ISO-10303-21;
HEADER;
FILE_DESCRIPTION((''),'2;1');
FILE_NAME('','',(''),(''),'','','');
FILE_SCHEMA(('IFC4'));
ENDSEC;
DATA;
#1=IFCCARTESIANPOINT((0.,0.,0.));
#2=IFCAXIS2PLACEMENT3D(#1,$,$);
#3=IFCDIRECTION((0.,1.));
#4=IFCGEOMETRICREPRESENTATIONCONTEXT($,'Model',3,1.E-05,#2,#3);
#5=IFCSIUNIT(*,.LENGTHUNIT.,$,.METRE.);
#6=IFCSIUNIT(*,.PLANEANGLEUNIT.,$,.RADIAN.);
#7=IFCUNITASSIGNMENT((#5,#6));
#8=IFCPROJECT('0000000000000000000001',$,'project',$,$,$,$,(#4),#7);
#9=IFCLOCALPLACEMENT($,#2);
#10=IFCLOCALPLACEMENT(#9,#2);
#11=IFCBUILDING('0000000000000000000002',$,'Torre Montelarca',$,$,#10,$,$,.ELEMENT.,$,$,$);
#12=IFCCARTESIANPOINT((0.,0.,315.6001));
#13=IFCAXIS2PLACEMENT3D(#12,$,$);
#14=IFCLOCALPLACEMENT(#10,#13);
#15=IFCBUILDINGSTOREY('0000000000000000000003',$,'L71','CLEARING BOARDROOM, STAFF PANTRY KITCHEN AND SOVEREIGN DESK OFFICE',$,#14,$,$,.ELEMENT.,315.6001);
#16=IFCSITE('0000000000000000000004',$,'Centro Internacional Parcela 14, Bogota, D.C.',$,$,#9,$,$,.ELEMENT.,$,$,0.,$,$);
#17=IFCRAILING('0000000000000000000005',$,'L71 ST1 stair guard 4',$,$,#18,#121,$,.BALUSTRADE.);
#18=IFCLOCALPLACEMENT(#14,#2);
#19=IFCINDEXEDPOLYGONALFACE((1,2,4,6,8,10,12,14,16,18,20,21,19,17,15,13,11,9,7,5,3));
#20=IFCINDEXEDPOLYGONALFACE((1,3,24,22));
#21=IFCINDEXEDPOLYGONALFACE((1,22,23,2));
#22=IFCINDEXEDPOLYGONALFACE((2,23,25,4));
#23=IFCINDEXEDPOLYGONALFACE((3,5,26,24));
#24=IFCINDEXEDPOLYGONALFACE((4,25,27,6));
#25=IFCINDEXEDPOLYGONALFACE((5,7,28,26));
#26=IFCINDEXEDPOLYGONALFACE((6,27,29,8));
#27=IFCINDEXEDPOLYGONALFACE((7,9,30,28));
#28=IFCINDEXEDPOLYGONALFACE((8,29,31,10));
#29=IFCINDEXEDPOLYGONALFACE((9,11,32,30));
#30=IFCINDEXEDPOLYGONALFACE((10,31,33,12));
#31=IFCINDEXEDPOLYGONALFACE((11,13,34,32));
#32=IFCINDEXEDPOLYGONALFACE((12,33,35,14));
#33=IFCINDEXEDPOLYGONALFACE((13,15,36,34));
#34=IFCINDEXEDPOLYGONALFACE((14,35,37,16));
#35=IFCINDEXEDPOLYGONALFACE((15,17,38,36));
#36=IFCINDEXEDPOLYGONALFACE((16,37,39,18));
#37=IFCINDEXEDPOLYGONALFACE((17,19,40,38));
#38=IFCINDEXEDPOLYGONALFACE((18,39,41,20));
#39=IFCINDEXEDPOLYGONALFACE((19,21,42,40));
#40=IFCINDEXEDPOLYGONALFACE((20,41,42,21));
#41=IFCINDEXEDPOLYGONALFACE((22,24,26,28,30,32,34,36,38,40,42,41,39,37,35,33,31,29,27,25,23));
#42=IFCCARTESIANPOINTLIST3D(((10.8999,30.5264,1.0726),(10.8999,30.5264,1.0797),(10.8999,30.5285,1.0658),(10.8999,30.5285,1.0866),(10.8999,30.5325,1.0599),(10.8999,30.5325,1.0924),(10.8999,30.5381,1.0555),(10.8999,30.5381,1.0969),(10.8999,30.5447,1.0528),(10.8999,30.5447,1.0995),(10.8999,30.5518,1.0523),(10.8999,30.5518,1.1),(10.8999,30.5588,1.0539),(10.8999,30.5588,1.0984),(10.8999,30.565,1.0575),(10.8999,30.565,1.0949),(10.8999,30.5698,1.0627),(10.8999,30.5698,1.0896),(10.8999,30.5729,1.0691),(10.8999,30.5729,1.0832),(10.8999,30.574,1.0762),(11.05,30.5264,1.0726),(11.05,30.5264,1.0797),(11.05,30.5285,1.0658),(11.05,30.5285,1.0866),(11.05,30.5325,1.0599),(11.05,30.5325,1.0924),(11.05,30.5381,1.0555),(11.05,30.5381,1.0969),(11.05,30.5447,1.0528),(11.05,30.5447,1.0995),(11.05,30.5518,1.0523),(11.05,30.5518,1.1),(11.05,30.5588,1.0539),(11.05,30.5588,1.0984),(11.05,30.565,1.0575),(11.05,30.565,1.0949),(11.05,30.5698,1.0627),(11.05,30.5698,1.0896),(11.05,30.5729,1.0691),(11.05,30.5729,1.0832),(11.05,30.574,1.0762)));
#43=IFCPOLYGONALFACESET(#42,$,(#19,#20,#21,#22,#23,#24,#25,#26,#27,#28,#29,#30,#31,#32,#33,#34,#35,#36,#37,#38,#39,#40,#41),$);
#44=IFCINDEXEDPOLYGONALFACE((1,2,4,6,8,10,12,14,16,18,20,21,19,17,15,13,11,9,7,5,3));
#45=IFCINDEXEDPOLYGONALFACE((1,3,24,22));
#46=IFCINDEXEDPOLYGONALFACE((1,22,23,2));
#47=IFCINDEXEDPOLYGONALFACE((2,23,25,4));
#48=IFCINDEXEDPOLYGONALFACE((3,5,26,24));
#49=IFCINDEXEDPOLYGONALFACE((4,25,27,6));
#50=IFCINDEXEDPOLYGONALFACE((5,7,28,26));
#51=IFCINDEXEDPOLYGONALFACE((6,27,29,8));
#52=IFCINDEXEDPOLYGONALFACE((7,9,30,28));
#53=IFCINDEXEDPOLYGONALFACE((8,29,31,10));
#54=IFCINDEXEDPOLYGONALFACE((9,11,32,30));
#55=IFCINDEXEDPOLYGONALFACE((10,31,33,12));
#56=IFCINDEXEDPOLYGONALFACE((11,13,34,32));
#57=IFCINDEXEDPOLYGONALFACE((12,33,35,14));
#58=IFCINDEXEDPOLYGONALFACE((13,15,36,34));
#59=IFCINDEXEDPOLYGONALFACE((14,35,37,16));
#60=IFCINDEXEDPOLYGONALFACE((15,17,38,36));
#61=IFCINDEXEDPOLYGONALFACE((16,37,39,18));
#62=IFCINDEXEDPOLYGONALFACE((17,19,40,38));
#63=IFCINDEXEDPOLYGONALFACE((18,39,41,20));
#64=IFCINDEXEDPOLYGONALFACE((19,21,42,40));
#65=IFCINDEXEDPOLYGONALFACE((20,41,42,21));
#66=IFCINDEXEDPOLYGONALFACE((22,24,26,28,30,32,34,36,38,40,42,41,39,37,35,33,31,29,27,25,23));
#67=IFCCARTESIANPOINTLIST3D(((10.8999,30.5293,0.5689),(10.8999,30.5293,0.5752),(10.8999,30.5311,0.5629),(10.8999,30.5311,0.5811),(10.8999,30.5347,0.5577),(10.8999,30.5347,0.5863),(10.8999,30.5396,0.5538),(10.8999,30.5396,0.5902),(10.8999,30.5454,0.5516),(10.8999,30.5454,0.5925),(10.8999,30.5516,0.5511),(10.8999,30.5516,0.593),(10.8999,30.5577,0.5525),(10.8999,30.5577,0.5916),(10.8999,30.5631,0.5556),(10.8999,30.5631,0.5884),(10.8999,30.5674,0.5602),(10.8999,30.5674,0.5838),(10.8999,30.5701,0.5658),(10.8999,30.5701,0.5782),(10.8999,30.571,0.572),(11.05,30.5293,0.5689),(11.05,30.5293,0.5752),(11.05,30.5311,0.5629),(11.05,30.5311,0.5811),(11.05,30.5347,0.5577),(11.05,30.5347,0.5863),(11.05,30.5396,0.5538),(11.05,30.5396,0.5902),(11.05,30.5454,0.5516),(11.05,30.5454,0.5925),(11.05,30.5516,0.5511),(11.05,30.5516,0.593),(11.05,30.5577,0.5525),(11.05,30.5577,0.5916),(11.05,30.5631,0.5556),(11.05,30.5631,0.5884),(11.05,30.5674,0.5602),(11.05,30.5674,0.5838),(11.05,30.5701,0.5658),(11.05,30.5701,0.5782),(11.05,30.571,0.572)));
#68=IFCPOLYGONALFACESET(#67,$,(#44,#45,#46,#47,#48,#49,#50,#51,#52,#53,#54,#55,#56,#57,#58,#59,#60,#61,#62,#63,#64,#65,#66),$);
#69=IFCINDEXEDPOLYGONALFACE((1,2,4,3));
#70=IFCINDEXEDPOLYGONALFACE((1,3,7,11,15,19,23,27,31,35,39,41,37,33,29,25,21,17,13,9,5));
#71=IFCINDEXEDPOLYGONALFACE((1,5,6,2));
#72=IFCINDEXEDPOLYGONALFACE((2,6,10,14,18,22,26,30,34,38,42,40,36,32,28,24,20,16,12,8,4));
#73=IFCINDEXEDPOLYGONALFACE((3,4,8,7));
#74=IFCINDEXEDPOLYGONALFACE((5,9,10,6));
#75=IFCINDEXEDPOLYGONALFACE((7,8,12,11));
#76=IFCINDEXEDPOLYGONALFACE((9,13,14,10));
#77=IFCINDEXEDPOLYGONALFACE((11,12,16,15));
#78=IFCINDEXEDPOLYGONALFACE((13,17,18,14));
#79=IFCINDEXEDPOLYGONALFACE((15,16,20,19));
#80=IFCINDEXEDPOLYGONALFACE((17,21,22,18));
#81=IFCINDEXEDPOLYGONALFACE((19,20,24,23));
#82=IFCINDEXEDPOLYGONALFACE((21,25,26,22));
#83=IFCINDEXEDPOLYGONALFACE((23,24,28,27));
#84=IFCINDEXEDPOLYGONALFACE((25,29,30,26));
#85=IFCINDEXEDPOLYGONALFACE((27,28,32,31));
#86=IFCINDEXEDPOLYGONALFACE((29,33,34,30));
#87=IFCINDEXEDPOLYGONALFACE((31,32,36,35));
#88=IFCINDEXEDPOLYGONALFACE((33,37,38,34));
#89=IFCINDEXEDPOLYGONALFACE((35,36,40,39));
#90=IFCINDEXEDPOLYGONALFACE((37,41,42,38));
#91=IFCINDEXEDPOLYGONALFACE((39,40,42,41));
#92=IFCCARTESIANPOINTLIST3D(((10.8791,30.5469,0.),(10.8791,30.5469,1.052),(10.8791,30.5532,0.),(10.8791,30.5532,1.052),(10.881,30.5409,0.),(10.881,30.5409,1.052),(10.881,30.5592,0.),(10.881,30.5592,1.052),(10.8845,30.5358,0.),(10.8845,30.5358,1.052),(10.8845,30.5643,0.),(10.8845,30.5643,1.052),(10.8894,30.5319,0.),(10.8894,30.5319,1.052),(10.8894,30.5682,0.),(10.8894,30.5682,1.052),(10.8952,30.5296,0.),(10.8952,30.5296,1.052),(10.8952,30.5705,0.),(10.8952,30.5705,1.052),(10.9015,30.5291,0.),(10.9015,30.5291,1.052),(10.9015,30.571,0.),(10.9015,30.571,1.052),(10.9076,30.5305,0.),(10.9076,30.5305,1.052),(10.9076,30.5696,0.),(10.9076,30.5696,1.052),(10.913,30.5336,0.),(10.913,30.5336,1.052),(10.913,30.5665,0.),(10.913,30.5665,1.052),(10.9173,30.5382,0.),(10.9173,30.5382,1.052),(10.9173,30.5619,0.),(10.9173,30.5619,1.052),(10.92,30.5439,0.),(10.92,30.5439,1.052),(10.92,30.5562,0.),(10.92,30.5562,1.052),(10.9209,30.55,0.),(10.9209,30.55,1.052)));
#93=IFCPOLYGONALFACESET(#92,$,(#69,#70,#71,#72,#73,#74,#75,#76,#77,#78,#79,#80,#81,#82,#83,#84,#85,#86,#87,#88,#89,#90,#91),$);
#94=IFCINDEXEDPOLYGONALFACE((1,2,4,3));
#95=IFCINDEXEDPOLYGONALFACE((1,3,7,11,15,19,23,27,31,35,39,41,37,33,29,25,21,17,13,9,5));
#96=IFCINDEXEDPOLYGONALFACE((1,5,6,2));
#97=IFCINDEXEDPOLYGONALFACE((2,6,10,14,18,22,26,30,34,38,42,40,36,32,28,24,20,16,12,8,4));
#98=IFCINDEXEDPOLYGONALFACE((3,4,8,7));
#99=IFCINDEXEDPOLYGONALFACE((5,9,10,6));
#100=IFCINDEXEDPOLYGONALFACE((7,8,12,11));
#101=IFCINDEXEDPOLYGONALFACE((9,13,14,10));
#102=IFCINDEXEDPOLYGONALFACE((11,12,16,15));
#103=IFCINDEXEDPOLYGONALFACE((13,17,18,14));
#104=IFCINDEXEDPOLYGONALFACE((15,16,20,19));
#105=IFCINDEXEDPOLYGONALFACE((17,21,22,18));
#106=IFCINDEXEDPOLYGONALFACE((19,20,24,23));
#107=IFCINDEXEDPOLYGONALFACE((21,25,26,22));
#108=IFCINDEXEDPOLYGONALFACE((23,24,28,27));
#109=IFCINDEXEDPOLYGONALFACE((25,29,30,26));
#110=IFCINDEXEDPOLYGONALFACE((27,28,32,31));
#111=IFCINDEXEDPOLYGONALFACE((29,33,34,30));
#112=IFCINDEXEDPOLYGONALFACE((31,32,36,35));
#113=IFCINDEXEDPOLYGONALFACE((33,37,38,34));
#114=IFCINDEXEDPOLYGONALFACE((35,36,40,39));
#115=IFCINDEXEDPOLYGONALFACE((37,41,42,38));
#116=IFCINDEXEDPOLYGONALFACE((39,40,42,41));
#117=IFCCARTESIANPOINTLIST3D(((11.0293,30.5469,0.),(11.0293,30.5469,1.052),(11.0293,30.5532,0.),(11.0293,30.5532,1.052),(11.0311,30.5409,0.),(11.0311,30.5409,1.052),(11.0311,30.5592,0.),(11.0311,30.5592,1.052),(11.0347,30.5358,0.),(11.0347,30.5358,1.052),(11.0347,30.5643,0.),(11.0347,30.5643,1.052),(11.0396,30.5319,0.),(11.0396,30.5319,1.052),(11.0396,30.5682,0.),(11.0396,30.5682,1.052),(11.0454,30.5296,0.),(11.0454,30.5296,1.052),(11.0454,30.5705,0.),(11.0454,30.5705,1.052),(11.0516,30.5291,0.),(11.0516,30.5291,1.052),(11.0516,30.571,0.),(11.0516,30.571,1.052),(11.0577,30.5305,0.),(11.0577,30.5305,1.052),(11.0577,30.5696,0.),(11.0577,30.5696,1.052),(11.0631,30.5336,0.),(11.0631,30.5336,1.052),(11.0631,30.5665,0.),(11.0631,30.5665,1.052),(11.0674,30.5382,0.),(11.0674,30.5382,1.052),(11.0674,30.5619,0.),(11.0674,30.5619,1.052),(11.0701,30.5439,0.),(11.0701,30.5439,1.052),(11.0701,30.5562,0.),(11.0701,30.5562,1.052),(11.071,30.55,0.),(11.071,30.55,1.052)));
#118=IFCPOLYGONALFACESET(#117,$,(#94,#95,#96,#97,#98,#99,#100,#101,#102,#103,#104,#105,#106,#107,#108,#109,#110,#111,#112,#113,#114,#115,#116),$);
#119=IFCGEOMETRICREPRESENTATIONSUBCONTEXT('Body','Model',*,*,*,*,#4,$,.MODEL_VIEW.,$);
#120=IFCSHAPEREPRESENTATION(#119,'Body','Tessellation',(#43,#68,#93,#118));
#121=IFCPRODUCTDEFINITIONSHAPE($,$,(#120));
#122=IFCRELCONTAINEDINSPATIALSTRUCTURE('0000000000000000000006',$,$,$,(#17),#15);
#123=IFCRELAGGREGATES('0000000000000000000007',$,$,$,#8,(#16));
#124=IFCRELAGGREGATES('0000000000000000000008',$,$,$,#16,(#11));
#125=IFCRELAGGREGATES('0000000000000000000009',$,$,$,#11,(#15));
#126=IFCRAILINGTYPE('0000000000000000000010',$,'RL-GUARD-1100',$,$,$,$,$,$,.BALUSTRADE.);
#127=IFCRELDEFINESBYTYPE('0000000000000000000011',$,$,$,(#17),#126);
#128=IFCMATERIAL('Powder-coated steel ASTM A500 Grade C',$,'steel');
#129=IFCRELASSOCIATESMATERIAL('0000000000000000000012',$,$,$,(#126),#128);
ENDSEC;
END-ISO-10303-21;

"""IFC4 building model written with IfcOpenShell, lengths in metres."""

from ifc_helpers import new_model, si_unit, direction, frame, origin, origin_2d, place, context, subcontext, project, spatial, circle, extrude, material, type_object, element, save


model = new_model("IFC4")

# Units and contexts
model_context = context("Model", 3, precision=1e-05, world=origin(), true_north=direction((0.0, 1.0)))
body_context = subcontext(model_context, "Body", "Model", "MODEL_VIEW")
ifc_project = project(units=[si_unit("LENGTHUNIT", "METRE"), si_unit("PLANEANGLEUNIT", "RADIAN")], contexts=[model_context])

# Site, building, storey
site_placement = place(None, origin())
site = spatial("IfcSite", under=ifc_project, at=site_placement, Name="Centro Internacional Parcela 14, Bogota, D.C.", CompositionType="ELEMENT", RefElevation=0.0)
building_placement = place(site_placement, origin())
building = spatial("IfcBuilding", under=site, at=building_placement, Name="Torre Montelarca", CompositionType="ELEMENT")
storey_placement = place(building_placement, frame((0.0, 0.0, 315.6001)))
storey = spatial("IfcBuildingStorey", under=building, at=storey_placement, Name="L71", Description="CLEARING BOARDROOM, STAFF PANTRY KITCHEN AND SOVEREIGN DESK OFFICE", CompositionType="ELEMENT", Elevation=315.6001)

# Railing
ifc_material_1 = material(Name="Powder-coated steel ASTM A500 Grade C", Category="steel")
railing_type_1 = type_object("IfcRailingType", Name="RL-GUARD-1100", PredefinedType="BALUSTRADE", material=ifc_material_1)
railing_1_placement = place(storey_placement, frame((10.8999, 30.55, 0.0)))
element("IfcRailing", 1, at=railing_1_placement, inside=storey, type_object=railing_type_1, Name="L71 ST1 stair guard 4", PredefinedType="BALUSTRADE", context=body_context, shape_type="SweptSolid", body=[
    extrude(circle(Radius=0.0239, at=origin_2d()), frame((0.0, 0.0, 1.0762), z_axis=(1.0, 0.0, 0.0), x_axis=(0.0, 1.0, 0.0)), (0.0, 0.0, 1.0), 0.1501),
    extrude(circle(Radius=0.021, at=origin_2d()), frame((0.0, 0.0, 0.572), z_axis=(1.0, 0.0, 0.0), x_axis=(0.0, 1.0, 0.0)), (0.0, 0.0, 1.0), 0.1501),
    extrude(circle(Radius=0.021, at=origin_2d()), origin(), (0.0, 0.0, 1.0), 1.052),
    extrude(circle(Radius=0.021, at=origin_2d()), frame((0.1501, 0.0, 0.0)), (0.0, 0.0, 1.0), 1.052),
])

save(model, "model.ifc")
